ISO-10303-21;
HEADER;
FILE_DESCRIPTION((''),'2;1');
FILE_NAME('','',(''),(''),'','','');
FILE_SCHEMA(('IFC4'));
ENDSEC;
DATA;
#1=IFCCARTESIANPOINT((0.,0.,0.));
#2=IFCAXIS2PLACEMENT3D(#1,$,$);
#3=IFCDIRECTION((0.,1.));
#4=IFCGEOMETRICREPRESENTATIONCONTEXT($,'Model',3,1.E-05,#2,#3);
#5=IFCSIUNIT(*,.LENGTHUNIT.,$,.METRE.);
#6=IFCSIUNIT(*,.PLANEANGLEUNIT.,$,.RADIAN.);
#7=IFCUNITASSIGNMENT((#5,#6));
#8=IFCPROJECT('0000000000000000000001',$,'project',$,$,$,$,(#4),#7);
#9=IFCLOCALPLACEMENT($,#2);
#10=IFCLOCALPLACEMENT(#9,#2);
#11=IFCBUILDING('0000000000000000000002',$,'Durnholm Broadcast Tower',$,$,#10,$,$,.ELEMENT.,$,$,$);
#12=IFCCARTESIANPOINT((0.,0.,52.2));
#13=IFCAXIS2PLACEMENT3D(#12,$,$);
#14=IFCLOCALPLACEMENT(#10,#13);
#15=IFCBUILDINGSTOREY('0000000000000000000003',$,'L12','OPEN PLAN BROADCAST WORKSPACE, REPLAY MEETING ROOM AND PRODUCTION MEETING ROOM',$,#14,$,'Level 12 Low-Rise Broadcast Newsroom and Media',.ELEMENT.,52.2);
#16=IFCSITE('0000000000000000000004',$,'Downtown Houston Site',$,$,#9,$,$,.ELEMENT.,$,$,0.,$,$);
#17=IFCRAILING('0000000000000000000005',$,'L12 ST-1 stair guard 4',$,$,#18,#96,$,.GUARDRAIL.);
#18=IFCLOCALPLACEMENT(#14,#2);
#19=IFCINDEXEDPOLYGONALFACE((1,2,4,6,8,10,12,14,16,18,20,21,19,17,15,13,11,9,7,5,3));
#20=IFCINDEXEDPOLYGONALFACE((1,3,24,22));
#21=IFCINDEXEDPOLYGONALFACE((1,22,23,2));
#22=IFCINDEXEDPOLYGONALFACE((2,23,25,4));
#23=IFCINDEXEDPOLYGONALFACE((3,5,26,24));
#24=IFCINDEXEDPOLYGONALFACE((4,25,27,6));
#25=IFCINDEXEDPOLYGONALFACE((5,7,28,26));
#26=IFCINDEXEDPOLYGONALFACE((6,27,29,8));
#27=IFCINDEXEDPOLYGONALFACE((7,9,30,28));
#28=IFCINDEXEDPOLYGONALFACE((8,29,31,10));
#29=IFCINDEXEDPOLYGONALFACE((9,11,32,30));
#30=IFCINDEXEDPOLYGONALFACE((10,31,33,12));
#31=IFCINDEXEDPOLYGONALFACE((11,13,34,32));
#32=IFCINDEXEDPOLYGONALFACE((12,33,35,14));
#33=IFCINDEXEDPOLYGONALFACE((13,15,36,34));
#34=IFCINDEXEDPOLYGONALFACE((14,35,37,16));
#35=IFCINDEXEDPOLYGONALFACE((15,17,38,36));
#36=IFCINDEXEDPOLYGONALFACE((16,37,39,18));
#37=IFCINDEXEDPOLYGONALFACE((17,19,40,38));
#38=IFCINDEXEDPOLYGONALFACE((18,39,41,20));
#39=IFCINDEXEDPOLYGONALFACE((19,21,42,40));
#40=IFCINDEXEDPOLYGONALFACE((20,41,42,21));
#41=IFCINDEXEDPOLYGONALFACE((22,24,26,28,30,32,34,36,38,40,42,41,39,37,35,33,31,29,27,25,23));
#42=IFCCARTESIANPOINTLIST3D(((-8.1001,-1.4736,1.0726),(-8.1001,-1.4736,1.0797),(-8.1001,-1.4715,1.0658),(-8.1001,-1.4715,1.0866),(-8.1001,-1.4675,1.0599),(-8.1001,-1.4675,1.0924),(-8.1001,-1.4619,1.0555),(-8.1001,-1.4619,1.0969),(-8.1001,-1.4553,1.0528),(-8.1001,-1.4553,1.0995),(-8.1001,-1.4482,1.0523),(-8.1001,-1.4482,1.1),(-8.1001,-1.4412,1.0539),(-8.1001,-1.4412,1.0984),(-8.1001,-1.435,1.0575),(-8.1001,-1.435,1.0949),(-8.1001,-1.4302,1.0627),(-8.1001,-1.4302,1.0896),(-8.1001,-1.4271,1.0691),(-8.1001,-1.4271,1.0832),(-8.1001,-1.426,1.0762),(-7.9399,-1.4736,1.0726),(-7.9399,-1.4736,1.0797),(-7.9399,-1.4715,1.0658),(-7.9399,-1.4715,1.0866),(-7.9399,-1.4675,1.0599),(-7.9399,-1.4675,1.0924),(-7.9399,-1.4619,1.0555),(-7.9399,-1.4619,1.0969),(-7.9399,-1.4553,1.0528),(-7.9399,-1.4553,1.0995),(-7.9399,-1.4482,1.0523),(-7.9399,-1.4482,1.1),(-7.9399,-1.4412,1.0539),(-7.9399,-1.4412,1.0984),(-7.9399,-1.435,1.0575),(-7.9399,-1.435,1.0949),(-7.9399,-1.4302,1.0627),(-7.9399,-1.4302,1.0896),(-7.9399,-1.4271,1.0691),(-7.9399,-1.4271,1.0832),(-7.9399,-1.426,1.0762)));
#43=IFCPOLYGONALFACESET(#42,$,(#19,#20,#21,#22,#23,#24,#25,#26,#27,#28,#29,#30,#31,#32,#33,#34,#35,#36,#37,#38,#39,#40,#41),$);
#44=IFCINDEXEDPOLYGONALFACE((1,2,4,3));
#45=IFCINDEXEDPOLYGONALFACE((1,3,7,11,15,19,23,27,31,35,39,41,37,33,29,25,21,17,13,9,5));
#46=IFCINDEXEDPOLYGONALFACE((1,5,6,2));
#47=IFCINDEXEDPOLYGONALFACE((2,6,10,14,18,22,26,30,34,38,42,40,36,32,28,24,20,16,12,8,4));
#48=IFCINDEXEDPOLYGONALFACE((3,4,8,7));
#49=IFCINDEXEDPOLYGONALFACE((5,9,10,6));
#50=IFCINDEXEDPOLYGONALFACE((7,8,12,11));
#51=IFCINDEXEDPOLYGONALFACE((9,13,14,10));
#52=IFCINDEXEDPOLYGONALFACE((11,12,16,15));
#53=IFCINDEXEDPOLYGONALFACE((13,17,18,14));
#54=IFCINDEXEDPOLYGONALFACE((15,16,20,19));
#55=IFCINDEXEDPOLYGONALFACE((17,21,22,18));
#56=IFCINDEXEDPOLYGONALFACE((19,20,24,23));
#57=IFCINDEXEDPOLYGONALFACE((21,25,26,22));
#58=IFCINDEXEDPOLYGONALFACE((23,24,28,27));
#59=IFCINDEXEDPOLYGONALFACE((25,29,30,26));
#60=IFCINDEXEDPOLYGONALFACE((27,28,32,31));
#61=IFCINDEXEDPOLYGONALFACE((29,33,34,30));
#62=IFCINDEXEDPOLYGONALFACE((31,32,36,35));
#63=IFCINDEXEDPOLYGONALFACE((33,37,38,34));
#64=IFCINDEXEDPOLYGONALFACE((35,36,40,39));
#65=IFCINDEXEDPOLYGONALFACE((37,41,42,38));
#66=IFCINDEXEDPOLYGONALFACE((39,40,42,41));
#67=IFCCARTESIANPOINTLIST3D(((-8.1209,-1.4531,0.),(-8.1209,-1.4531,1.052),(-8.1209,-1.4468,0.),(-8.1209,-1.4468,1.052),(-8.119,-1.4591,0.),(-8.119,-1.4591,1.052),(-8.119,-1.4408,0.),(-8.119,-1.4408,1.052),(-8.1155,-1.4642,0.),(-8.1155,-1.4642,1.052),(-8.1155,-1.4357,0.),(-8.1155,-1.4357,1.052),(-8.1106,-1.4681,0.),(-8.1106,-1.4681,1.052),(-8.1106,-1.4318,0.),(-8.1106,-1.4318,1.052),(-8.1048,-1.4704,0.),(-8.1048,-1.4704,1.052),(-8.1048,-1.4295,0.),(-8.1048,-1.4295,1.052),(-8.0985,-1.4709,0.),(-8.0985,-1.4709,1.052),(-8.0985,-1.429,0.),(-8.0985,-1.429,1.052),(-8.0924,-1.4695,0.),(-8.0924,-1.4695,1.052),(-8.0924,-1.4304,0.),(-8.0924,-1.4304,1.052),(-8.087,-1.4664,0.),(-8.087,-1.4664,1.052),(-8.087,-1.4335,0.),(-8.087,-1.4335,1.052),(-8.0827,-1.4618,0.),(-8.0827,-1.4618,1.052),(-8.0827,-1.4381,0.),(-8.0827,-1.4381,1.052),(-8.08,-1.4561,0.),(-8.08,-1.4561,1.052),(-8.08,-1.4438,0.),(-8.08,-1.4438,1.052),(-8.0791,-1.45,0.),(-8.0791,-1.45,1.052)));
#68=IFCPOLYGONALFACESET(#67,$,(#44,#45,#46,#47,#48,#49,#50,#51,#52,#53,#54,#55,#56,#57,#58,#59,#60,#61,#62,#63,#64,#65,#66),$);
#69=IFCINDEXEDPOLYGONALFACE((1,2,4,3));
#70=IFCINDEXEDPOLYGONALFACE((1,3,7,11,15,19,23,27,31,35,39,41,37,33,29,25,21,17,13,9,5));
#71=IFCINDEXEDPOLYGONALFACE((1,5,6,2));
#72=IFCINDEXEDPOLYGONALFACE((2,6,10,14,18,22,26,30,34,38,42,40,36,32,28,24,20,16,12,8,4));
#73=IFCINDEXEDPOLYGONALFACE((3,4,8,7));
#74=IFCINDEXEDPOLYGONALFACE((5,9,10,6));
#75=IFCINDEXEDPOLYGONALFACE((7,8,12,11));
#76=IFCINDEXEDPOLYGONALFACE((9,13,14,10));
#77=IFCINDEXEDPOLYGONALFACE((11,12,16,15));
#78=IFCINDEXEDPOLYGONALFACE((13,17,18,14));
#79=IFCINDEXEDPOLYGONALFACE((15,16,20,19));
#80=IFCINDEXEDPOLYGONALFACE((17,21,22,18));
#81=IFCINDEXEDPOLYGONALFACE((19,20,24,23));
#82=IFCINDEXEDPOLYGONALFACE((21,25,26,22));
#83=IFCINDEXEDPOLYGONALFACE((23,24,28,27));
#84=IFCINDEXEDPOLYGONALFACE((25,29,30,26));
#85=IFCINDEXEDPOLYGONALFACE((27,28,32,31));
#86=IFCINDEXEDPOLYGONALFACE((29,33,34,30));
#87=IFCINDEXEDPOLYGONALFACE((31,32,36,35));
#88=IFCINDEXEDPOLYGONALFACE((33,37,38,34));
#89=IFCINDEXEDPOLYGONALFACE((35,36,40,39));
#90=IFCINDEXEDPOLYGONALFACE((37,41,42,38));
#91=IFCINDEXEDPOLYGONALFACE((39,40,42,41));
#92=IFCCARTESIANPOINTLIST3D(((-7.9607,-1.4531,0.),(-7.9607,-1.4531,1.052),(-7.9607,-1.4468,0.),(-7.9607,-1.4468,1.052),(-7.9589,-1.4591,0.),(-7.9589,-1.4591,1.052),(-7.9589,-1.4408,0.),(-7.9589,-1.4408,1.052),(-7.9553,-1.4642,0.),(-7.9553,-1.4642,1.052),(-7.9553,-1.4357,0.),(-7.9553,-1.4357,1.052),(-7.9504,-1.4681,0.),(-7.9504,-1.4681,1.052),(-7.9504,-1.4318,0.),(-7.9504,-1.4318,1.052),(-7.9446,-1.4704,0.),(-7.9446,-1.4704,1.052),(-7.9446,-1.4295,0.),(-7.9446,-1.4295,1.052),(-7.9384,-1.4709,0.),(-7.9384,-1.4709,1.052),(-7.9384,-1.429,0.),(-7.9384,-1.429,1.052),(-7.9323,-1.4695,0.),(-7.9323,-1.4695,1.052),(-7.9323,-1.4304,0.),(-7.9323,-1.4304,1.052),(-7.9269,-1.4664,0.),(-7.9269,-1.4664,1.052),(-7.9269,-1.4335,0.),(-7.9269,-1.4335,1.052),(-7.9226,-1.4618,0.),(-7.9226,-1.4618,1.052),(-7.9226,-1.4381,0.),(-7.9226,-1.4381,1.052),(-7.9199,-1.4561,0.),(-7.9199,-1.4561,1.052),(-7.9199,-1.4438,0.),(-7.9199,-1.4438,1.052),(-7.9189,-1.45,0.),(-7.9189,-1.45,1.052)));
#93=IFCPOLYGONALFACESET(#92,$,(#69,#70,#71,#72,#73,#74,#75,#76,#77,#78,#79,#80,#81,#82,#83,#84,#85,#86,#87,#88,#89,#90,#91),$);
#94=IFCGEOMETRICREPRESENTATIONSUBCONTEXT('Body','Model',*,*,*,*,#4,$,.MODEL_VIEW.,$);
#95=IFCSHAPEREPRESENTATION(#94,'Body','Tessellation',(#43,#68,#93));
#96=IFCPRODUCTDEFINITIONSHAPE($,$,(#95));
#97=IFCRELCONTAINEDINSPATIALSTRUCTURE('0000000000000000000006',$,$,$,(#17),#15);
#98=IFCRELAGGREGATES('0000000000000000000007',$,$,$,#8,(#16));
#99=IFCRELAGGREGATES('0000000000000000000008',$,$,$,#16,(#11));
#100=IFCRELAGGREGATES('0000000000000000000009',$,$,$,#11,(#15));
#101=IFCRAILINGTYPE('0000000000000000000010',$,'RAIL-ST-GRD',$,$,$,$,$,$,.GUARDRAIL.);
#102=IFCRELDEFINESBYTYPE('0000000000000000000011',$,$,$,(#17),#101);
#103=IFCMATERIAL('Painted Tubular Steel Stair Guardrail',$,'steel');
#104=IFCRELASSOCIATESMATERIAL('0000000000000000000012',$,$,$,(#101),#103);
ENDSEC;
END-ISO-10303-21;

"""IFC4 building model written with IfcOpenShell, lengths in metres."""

from ifc_helpers import new_model, si_unit, direction, frame, origin, origin_2d, place, context, subcontext, project, spatial, circle, extrude, material, type_object, element, save


model = new_model("IFC4")

# Units and contexts
model_context = context("Model", 3, precision=1e-05, world=origin(), true_north=direction((0.0, 1.0)))
body_context = subcontext(model_context, "Body", "Model", "MODEL_VIEW")
ifc_project = project(units=[si_unit("LENGTHUNIT", "METRE"), si_unit("PLANEANGLEUNIT", "RADIAN")], contexts=[model_context])

# Site, building, storey
site_placement = place(None, origin())
site = spatial("IfcSite", under=ifc_project, at=site_placement, Name="Downtown Houston Site", CompositionType="ELEMENT", RefElevation=0.0)
building_placement = place(site_placement, origin())
building = spatial("IfcBuilding", under=site, at=building_placement, Name="Durnholm Broadcast Tower", CompositionType="ELEMENT")
storey_placement = place(building_placement, frame((0.0, 0.0, 52.2)))
storey = spatial("IfcBuildingStorey", under=building, at=storey_placement, Name="L12", Description="OPEN PLAN BROADCAST WORKSPACE, REPLAY MEETING ROOM AND PRODUCTION MEETING ROOM", LongName="Level 12 Low-Rise Broadcast Newsroom and Media", CompositionType="ELEMENT", Elevation=52.2)

# Railing
ifc_material_1 = material(Name="Painted Tubular Steel Stair Guardrail", Category="steel")
railing_type_1 = type_object("IfcRailingType", Name="RAIL-ST-GRD", PredefinedType="GUARDRAIL", material=ifc_material_1)
railing_1_placement = place(storey_placement, frame((-8.1001, -1.45, 0.0)))
element("IfcRailing", 1, at=railing_1_placement, inside=storey, type_object=railing_type_1, Name="L12 ST-1 stair guard 4", PredefinedType="GUARDRAIL", context=body_context, shape_type="SweptSolid", body=[
    extrude(circle(Radius=0.0239, at=origin_2d()), frame((0.0, 0.0, 1.0762), z_axis=(1.0, 0.0, 0.0), x_axis=(0.0, 1.0, 0.0)), (0.0, 0.0, 1.0), 0.1602),
    extrude(circle(Radius=0.021, at=origin_2d()), origin(), (0.0, 0.0, 1.0), 1.052),
    extrude(circle(Radius=0.021, at=origin_2d()), frame((0.1602, 0.0, 0.0)), (0.0, 0.0, 1.0), 1.052),
])

save(model, "model.ifc")
